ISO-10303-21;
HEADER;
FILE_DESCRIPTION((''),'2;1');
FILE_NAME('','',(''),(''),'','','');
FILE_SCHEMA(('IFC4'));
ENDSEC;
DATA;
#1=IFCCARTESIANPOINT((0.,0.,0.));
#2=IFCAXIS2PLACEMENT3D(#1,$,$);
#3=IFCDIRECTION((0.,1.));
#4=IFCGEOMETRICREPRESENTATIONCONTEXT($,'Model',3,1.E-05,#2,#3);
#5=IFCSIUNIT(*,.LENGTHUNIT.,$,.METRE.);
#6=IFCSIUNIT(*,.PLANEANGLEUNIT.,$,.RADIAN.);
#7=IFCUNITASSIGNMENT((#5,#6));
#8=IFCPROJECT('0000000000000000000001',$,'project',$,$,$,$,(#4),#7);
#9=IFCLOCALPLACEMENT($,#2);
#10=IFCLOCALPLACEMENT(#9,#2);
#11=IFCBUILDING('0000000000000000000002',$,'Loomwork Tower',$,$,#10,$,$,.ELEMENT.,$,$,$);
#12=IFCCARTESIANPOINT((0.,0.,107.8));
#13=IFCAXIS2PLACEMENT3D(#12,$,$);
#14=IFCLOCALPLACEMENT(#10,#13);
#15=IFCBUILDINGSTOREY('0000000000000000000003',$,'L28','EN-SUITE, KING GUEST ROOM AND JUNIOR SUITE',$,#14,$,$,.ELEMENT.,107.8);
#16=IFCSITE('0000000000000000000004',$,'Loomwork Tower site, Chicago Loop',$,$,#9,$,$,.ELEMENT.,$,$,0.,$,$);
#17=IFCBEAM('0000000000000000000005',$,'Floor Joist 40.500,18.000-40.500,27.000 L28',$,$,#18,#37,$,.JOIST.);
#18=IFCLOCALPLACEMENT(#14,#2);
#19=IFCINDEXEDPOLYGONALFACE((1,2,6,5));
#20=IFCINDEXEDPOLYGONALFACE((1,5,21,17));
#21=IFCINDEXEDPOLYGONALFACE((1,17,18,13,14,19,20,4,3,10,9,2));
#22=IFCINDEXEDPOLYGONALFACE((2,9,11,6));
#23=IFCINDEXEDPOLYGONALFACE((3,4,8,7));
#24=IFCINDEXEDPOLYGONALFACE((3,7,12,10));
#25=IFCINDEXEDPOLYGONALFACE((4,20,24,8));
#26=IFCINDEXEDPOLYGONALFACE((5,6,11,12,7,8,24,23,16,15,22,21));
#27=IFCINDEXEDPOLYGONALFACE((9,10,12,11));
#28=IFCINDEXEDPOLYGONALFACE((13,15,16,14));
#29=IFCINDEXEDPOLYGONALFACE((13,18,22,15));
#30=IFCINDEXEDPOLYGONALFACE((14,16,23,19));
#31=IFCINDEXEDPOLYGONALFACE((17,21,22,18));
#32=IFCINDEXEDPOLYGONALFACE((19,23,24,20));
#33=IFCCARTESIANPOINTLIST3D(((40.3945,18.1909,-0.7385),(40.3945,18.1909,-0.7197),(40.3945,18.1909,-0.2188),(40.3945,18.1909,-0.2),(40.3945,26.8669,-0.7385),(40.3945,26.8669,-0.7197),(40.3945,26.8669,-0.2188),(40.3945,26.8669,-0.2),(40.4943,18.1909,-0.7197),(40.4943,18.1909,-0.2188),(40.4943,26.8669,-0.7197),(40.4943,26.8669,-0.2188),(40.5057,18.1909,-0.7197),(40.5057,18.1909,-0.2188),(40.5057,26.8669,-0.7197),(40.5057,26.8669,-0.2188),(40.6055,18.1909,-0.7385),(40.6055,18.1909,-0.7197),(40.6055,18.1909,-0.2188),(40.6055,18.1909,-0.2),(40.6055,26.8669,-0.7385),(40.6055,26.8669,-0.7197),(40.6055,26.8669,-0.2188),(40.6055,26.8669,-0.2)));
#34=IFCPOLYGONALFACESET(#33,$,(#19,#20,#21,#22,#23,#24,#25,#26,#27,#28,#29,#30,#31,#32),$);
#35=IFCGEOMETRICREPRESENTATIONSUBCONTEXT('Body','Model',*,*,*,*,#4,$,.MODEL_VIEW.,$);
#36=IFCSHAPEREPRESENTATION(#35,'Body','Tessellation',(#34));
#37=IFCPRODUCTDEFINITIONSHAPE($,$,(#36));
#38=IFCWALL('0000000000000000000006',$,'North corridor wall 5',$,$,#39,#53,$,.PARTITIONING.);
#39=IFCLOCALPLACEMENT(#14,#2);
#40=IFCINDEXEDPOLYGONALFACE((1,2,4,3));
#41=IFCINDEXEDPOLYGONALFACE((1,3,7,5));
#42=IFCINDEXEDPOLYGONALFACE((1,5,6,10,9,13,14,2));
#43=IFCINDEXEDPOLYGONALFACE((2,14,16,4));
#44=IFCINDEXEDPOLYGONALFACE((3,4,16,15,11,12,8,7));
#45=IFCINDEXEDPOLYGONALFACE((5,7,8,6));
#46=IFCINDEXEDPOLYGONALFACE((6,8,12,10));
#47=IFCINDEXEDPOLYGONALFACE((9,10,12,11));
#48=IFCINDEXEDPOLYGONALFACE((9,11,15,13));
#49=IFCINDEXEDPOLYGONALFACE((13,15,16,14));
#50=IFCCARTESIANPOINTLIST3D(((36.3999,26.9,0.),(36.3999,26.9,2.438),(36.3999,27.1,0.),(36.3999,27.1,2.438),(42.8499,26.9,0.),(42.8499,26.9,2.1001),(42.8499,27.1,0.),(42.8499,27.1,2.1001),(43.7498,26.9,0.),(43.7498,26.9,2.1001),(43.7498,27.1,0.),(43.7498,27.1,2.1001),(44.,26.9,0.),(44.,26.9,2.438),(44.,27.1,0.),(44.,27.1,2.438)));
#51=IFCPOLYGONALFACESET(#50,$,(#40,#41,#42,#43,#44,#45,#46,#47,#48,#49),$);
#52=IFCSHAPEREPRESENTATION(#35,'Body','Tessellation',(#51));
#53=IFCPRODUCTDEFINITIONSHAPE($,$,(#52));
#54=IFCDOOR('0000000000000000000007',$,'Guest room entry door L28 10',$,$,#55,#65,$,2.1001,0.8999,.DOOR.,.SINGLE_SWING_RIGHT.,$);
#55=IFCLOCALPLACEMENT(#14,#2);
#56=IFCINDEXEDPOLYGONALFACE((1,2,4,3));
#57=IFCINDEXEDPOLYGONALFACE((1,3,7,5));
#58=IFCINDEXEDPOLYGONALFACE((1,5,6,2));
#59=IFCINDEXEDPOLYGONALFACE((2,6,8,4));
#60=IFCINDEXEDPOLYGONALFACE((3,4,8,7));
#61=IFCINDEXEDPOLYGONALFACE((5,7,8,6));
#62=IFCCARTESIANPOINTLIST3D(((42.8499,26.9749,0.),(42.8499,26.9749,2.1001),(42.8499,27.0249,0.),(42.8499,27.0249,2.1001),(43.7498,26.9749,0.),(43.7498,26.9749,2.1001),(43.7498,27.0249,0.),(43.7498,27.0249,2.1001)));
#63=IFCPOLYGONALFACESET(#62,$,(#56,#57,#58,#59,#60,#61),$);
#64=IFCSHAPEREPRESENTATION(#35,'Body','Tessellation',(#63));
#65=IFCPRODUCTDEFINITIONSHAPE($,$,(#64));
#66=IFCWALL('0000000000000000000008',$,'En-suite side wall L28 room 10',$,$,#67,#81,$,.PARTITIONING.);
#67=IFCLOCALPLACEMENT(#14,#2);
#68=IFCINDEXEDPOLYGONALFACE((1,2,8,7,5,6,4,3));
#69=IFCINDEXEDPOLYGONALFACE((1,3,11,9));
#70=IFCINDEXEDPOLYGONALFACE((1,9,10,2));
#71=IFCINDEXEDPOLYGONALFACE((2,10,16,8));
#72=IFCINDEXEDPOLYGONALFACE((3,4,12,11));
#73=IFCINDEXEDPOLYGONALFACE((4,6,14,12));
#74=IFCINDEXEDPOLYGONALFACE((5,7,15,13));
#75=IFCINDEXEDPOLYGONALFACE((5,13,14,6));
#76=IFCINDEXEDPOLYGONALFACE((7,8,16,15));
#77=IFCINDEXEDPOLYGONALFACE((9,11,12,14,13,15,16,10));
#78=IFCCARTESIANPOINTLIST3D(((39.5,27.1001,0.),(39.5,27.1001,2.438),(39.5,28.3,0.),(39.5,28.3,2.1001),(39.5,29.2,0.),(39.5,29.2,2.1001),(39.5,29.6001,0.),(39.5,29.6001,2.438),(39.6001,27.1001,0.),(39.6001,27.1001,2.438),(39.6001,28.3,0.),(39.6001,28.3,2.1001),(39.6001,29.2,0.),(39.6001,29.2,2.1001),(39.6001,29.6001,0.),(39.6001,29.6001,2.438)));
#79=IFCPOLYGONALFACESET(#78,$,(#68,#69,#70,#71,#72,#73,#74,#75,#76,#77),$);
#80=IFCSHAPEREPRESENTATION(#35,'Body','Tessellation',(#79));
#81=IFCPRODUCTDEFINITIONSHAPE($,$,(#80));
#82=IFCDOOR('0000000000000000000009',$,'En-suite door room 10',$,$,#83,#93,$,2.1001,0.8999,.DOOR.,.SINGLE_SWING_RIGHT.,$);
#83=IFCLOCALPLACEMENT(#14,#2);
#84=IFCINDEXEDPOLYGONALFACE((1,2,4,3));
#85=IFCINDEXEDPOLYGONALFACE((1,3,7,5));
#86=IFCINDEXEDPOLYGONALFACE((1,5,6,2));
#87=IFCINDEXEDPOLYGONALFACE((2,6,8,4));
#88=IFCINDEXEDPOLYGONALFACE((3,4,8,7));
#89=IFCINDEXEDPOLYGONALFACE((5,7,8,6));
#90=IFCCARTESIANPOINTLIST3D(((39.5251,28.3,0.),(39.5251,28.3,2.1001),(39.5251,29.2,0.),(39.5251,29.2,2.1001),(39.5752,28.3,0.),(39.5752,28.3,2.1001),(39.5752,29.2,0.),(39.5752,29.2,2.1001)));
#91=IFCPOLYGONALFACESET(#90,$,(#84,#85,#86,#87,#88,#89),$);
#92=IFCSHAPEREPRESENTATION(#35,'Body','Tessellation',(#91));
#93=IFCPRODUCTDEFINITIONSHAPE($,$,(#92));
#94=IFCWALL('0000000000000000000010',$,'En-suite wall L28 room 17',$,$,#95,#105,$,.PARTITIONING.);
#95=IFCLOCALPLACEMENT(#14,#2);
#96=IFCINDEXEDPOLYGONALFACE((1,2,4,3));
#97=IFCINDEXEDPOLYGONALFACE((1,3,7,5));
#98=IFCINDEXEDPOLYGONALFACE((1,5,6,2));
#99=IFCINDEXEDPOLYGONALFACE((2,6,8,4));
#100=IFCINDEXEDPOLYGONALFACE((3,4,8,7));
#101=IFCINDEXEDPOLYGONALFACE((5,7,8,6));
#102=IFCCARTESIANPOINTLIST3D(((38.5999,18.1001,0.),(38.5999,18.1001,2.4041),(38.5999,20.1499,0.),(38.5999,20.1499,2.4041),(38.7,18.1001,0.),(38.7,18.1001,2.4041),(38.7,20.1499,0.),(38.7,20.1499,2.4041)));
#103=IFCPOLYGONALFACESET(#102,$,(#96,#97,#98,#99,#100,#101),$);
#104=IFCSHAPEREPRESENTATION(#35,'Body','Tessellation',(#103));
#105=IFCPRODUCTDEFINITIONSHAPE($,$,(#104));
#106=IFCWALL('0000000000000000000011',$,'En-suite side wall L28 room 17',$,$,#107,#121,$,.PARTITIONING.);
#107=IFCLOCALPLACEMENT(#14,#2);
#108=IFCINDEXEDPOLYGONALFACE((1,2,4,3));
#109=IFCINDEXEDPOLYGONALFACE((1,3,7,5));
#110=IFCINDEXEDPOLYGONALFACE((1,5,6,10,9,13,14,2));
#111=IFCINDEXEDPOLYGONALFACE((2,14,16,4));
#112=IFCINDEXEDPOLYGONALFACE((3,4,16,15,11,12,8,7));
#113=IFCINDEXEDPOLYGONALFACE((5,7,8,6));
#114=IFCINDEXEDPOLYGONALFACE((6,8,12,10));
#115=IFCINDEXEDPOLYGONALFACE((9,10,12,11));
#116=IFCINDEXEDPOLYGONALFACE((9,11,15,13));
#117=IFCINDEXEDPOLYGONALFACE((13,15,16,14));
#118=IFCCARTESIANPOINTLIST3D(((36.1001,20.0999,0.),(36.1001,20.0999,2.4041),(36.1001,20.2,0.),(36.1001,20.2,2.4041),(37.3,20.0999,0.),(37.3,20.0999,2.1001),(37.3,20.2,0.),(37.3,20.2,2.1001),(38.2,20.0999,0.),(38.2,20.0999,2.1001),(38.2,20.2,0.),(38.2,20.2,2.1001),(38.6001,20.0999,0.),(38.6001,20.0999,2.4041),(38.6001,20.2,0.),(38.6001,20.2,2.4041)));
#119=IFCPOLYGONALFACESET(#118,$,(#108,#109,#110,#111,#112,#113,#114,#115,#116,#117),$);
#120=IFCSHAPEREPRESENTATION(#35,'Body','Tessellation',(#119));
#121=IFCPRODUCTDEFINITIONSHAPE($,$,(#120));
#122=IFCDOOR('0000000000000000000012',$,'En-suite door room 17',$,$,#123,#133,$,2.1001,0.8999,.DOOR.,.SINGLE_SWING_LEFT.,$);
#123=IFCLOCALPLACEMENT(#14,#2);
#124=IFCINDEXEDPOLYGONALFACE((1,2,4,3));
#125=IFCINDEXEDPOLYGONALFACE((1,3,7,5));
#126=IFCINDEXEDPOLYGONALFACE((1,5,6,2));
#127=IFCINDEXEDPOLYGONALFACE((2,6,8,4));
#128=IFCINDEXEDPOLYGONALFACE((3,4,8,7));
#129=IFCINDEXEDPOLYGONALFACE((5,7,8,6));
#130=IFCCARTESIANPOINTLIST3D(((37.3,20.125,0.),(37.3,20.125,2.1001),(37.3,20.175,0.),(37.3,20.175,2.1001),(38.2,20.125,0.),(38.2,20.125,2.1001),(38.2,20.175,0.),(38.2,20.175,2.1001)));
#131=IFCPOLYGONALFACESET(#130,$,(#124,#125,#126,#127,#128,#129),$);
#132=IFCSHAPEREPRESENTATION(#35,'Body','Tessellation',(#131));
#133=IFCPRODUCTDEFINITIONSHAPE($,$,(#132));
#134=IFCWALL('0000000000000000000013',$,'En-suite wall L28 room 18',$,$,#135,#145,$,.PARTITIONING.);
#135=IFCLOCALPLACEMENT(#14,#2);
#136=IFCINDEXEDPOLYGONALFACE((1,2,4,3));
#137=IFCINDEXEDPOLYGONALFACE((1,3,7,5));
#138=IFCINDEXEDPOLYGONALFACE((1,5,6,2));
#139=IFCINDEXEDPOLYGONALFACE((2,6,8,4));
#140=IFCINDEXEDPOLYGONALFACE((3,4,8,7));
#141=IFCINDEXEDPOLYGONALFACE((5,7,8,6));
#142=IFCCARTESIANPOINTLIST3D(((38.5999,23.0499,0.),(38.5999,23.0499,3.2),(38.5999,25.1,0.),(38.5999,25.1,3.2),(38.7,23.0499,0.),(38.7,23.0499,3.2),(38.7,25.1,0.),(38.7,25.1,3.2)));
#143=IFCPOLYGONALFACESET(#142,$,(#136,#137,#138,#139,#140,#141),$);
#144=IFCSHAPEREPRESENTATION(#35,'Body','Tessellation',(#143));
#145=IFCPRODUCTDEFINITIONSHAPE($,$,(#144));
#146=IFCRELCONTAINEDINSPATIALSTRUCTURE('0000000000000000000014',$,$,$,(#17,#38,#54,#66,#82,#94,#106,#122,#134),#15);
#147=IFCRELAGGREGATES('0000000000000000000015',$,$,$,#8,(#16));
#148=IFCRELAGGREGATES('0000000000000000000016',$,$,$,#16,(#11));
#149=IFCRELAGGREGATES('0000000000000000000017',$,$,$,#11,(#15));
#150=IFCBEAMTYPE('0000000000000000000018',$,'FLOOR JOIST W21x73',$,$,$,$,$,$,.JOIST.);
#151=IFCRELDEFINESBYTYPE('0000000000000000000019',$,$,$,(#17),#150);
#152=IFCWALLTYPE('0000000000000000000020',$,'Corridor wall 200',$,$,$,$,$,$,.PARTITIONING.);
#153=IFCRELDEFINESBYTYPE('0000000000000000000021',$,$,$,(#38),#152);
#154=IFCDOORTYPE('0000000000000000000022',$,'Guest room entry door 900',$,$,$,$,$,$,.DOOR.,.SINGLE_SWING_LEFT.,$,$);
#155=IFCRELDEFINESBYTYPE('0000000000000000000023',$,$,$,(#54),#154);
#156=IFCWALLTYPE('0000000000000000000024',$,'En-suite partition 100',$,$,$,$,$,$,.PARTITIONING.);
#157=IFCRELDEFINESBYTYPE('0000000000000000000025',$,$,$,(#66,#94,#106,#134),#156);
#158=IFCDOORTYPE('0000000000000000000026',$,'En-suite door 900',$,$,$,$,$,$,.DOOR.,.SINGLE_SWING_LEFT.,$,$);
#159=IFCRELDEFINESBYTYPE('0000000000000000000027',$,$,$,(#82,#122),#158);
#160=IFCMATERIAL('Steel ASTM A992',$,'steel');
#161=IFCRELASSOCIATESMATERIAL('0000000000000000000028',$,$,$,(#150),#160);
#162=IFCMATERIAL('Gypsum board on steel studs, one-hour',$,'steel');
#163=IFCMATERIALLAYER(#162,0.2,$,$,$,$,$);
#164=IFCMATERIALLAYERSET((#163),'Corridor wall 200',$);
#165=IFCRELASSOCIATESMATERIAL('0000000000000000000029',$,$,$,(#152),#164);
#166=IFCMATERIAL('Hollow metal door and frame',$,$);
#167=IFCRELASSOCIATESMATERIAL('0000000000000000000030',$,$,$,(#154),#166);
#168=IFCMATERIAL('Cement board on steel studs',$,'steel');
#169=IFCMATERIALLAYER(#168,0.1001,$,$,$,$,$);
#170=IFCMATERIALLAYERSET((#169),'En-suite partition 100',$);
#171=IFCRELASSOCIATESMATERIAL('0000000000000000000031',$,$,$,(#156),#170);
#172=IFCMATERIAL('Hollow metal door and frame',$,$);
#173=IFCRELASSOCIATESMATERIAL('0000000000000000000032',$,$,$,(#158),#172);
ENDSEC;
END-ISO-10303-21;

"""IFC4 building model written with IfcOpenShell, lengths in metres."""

from ifc_helpers import new_model, si_unit, direction, frame, frame_2d, origin, origin_2d, place, context, subcontext, project, spatial, rectangle, i_section, extrude, material, layer, layer_set, material_profile, profile_set, type_object, element, fill, save


model = new_model("IFC4")

# Units and contexts
model_context = context("Model", 3, precision=1e-05, world=origin(), true_north=direction((0.0, 1.0)))
body_context = subcontext(model_context, "Body", "Model", "MODEL_VIEW")
ifc_project = project(units=[si_unit("LENGTHUNIT", "METRE"), si_unit("PLANEANGLEUNIT", "RADIAN")], contexts=[model_context])

# Site, building, storey
site_placement = place(None, origin())
site = spatial("IfcSite", under=ifc_project, at=site_placement, Name="Loomwork Tower site, Chicago Loop", CompositionType="ELEMENT", RefElevation=0.0)
building_placement = place(site_placement, origin())
building = spatial("IfcBuilding", under=site, at=building_placement, Name="Loomwork Tower", CompositionType="ELEMENT")
storey_placement = place(building_placement, frame((0.0, 0.0, 107.8)))
storey = spatial("IfcBuildingStorey", under=building, at=storey_placement, Name="L28", Description="EN-SUITE, KING GUEST ROOM AND JUNIOR SUITE", CompositionType="ELEMENT", Elevation=107.8)

# Beam
ifc_material_1 = material(Name="Steel ASTM A992", Category="steel")
ifc_material_profile = material_profile(ifc_material_1, i_section(OverallWidth=0.2109, OverallDepth=0.5386, WebThickness=0.0115, FlangeThickness=0.0188, at=origin_2d()), Name="W21x73")
ifc_profile_set = profile_set([ifc_material_profile], Name="Steel ASTM A992")
beam_type = type_object("IfcBeamType", Name="FLOOR JOIST W21x73", PredefinedType="JOIST", material=ifc_profile_set)
beam_placement = place(storey_placement, frame((40.5, 18.1909, -0.4692), z_axis=(0.0, 1.0, 0.0), x_axis=(-1.0, 0.0, 0.0)))
element("IfcBeam", 1, at=beam_placement, inside=storey, type_object=beam_type, Name="Floor Joist 40.500,18.000-40.500,27.000 L28", PredefinedType="JOIST", context=body_context, shape_type="SweptSolid", body=[
    extrude(i_section(OverallWidth=0.2109, OverallDepth=0.5386, WebThickness=0.0115, FlangeThickness=0.0188, at=origin_2d()), origin(), (0.0, 0.0, 1.0), 8.676),
])

# Walls, openings, doors
ifc_material_2 = material(Name="Gypsum board on steel studs, one-hour", Category="steel")
ifc_layer_1 = layer(ifc_material_2, 0.2)
ifc_layer_set_1 = layer_set([ifc_layer_1], Name="Corridor wall 200")
wall_type_1 = type_object("IfcWallType", Name="Corridor wall 200", PredefinedType="PARTITIONING", material=ifc_layer_set_1)
wall_1_placement = place(storey_placement, frame((36.3999, 27.0, 0.0), z_axis=(0.0, 0.0, 1.0), x_axis=(1.0, 0.0, 0.0)))
wall_1 = element("IfcWall", 2, at=wall_1_placement, inside=storey, type_object=wall_type_1, Name="North corridor wall 5", PredefinedType="PARTITIONING", context=body_context, shape_type="SweptSolid", body=[
    extrude(rectangle(XDim=7.6001, YDim=0.2, at=frame_2d((3.8, 0.0))), origin(), (0.0, 0.0, 1.0), 2.438),
])
opening_1_placement = place(wall_1_placement, frame((6.45, 0.0, 0.0)))
opening_1 = element("IfcOpeningElement", 3, at=opening_1_placement, cuts=wall_1, PredefinedType="OPENING", context=body_context, shape_type="SweptSolid", body=[
    extrude(rectangle(XDim=0.8999, YDim=2.1001, at=frame_2d((0.45, 1.05))), frame((0.0, 0.1099, 0.0), z_axis=(0.0, -1.0, 0.0), x_axis=(1.0, 0.0, 0.0)), (0.0, 0.0, 1.0), 0.22),
])
ifc_material_3 = material(Name="Hollow metal door and frame")
door_type_1 = type_object("IfcDoorType", Name="Guest room entry door 900", OperationType="SINGLE_SWING_LEFT", PredefinedType="DOOR", material=ifc_material_3)
door_1_placement = place(opening_1_placement, origin())
door_1 = element("IfcDoor", 4, at=door_1_placement, inside=storey, type_object=door_type_1, Name="Guest room entry door L28 10", OperationType="SINGLE_SWING_RIGHT", OverallHeight=2.1001, OverallWidth=0.8999, PredefinedType="DOOR", context=body_context, shape_type="SweptSolid", body=[
    extrude(rectangle(XDim=0.8999, YDim=2.1001, at=frame_2d((0.45, 1.05))), frame((0.0, 0.0249, 0.0), z_axis=(0.0, -1.0, 0.0), x_axis=(1.0, 0.0, 0.0)), (0.0, 0.0, 1.0), 0.05),
])
fill(opening_1, door_1)
ifc_material_4 = material(Name="Cement board on steel studs", Category="steel")
ifc_layer_2 = layer(ifc_material_4, 0.1001)
ifc_layer_set_2 = layer_set([ifc_layer_2], Name="En-suite partition 100")
wall_type_2 = type_object("IfcWallType", Name="En-suite partition 100", PredefinedType="PARTITIONING", material=ifc_layer_set_2)
wall_2_placement = place(storey_placement, frame((39.55, 27.1001, 0.0), z_axis=(0.0, 0.0, 1.0), x_axis=(0.0, 1.0, 0.0)))
wall_2 = element("IfcWall", 5, at=wall_2_placement, inside=storey, type_object=wall_type_2, Name="En-suite side wall L28 room 10", PredefinedType="PARTITIONING", context=body_context, shape_type="SweptSolid", body=[
    extrude(rectangle(XDim=2.5, YDim=0.1001, at=frame_2d((1.25, 0.0))), origin(), (0.0, 0.0, 1.0), 2.438),
])
opening_2_placement = place(wall_2_placement, frame((1.2, 0.0, 0.0)))
opening_2 = element("IfcOpeningElement", 6, at=opening_2_placement, cuts=wall_2, PredefinedType="OPENING", context=body_context, shape_type="SweptSolid", body=[
    extrude(rectangle(XDim=0.8999, YDim=2.1001, at=frame_2d((0.45, 1.05))), frame((0.0, 0.0601, 0.0), z_axis=(0.0, -1.0, 0.0), x_axis=(1.0, 0.0, 0.0)), (0.0, 0.0, 1.0), 0.1201),
])
ifc_material_5 = material(Name="Hollow metal door and frame")
door_type_2 = type_object("IfcDoorType", Name="En-suite door 900", OperationType="SINGLE_SWING_LEFT", PredefinedType="DOOR", material=ifc_material_5)
door_2_placement = place(opening_2_placement, origin())
door_2 = element("IfcDoor", 7, at=door_2_placement, inside=storey, type_object=door_type_2, Name="En-suite door room 10", OperationType="SINGLE_SWING_RIGHT", OverallHeight=2.1001, OverallWidth=0.8999, PredefinedType="DOOR", context=body_context, shape_type="SweptSolid", body=[
    extrude(rectangle(XDim=0.8999, YDim=2.1001, at=frame_2d((0.45, 1.05))), frame((0.0, 0.0249, 0.0), z_axis=(0.0, -1.0, 0.0), x_axis=(1.0, 0.0, 0.0)), (0.0, 0.0, 1.0), 0.05),
])
fill(opening_2, door_2)

# Wall
wall_3_placement = place(storey_placement, frame((38.6499, 18.1001, 0.0), z_axis=(0.0, 0.0, 1.0), x_axis=(0.0, 1.0, 0.0)))
element("IfcWall", 8, at=wall_3_placement, inside=storey, type_object=wall_type_2, Name="En-suite wall L28 room 17", PredefinedType="PARTITIONING", context=body_context, shape_type="SweptSolid", body=[
    extrude(rectangle(XDim=2.0498, YDim=0.1001, at=frame_2d((1.0249, 0.0))), origin(), (0.0, 0.0, 1.0), 2.4041),
])

# Wall, opening, door
wall_4_placement = place(storey_placement, frame((36.1001, 20.1499, 0.0), z_axis=(0.0, 0.0, 1.0), x_axis=(1.0, 0.0, 0.0)))
wall_4 = element("IfcWall", 9, at=wall_4_placement, inside=storey, type_object=wall_type_2, Name="En-suite side wall L28 room 17", PredefinedType="PARTITIONING", context=body_context, shape_type="SweptSolid", body=[
    extrude(rectangle(XDim=2.5, YDim=0.1001, at=frame_2d((1.25, 0.0))), origin(), (0.0, 0.0, 1.0), 2.4041),
])
opening_3_placement = place(wall_4_placement, frame((1.2, 0.0, 0.0)))
opening_3 = element("IfcOpeningElement", 10, at=opening_3_placement, cuts=wall_4, PredefinedType="OPENING", context=body_context, shape_type="SweptSolid", body=[
    extrude(rectangle(XDim=0.8999, YDim=2.1001, at=frame_2d((0.45, 1.05))), frame((0.0, 0.0601, 0.0), z_axis=(0.0, -1.0, 0.0), x_axis=(1.0, 0.0, 0.0)), (0.0, 0.0, 1.0), 0.1201),
])
door_3_placement = place(opening_3_placement, frame((0.8999, 0.0, 0.0), z_axis=(0.0, 0.0, 1.0), x_axis=(-1.0, 0.0, 0.0)))
door_3 = element("IfcDoor", 11, at=door_3_placement, inside=storey, type_object=door_type_2, Name="En-suite door room 17", OperationType="SINGLE_SWING_LEFT", OverallHeight=2.1001, OverallWidth=0.8999, PredefinedType="DOOR", context=body_context, shape_type="SweptSolid", body=[
    extrude(rectangle(XDim=0.8999, YDim=2.1001, at=frame_2d((0.45, 1.05))), frame((0.0, 0.0249, 0.0), z_axis=(0.0, -1.0, 0.0), x_axis=(1.0, 0.0, 0.0)), (0.0, 0.0, 1.0), 0.05),
])
fill(opening_3, door_3)

# Wall
wall_5_placement = place(storey_placement, frame((38.6499, 23.05, 0.0), z_axis=(0.0, 0.0, 1.0), x_axis=(0.0, 1.0, 0.0)))
element("IfcWall", 12, at=wall_5_placement, inside=storey, type_object=wall_type_2, Name="En-suite wall L28 room 18", PredefinedType="PARTITIONING", context=body_context, shape_type="SweptSolid", body=[
    extrude(rectangle(XDim=2.05, YDim=0.1001, at=frame_2d((1.0249, 0.0))), origin(), (0.0, 0.0, 1.0), 3.2),
])

save(model, "model.ifc")
